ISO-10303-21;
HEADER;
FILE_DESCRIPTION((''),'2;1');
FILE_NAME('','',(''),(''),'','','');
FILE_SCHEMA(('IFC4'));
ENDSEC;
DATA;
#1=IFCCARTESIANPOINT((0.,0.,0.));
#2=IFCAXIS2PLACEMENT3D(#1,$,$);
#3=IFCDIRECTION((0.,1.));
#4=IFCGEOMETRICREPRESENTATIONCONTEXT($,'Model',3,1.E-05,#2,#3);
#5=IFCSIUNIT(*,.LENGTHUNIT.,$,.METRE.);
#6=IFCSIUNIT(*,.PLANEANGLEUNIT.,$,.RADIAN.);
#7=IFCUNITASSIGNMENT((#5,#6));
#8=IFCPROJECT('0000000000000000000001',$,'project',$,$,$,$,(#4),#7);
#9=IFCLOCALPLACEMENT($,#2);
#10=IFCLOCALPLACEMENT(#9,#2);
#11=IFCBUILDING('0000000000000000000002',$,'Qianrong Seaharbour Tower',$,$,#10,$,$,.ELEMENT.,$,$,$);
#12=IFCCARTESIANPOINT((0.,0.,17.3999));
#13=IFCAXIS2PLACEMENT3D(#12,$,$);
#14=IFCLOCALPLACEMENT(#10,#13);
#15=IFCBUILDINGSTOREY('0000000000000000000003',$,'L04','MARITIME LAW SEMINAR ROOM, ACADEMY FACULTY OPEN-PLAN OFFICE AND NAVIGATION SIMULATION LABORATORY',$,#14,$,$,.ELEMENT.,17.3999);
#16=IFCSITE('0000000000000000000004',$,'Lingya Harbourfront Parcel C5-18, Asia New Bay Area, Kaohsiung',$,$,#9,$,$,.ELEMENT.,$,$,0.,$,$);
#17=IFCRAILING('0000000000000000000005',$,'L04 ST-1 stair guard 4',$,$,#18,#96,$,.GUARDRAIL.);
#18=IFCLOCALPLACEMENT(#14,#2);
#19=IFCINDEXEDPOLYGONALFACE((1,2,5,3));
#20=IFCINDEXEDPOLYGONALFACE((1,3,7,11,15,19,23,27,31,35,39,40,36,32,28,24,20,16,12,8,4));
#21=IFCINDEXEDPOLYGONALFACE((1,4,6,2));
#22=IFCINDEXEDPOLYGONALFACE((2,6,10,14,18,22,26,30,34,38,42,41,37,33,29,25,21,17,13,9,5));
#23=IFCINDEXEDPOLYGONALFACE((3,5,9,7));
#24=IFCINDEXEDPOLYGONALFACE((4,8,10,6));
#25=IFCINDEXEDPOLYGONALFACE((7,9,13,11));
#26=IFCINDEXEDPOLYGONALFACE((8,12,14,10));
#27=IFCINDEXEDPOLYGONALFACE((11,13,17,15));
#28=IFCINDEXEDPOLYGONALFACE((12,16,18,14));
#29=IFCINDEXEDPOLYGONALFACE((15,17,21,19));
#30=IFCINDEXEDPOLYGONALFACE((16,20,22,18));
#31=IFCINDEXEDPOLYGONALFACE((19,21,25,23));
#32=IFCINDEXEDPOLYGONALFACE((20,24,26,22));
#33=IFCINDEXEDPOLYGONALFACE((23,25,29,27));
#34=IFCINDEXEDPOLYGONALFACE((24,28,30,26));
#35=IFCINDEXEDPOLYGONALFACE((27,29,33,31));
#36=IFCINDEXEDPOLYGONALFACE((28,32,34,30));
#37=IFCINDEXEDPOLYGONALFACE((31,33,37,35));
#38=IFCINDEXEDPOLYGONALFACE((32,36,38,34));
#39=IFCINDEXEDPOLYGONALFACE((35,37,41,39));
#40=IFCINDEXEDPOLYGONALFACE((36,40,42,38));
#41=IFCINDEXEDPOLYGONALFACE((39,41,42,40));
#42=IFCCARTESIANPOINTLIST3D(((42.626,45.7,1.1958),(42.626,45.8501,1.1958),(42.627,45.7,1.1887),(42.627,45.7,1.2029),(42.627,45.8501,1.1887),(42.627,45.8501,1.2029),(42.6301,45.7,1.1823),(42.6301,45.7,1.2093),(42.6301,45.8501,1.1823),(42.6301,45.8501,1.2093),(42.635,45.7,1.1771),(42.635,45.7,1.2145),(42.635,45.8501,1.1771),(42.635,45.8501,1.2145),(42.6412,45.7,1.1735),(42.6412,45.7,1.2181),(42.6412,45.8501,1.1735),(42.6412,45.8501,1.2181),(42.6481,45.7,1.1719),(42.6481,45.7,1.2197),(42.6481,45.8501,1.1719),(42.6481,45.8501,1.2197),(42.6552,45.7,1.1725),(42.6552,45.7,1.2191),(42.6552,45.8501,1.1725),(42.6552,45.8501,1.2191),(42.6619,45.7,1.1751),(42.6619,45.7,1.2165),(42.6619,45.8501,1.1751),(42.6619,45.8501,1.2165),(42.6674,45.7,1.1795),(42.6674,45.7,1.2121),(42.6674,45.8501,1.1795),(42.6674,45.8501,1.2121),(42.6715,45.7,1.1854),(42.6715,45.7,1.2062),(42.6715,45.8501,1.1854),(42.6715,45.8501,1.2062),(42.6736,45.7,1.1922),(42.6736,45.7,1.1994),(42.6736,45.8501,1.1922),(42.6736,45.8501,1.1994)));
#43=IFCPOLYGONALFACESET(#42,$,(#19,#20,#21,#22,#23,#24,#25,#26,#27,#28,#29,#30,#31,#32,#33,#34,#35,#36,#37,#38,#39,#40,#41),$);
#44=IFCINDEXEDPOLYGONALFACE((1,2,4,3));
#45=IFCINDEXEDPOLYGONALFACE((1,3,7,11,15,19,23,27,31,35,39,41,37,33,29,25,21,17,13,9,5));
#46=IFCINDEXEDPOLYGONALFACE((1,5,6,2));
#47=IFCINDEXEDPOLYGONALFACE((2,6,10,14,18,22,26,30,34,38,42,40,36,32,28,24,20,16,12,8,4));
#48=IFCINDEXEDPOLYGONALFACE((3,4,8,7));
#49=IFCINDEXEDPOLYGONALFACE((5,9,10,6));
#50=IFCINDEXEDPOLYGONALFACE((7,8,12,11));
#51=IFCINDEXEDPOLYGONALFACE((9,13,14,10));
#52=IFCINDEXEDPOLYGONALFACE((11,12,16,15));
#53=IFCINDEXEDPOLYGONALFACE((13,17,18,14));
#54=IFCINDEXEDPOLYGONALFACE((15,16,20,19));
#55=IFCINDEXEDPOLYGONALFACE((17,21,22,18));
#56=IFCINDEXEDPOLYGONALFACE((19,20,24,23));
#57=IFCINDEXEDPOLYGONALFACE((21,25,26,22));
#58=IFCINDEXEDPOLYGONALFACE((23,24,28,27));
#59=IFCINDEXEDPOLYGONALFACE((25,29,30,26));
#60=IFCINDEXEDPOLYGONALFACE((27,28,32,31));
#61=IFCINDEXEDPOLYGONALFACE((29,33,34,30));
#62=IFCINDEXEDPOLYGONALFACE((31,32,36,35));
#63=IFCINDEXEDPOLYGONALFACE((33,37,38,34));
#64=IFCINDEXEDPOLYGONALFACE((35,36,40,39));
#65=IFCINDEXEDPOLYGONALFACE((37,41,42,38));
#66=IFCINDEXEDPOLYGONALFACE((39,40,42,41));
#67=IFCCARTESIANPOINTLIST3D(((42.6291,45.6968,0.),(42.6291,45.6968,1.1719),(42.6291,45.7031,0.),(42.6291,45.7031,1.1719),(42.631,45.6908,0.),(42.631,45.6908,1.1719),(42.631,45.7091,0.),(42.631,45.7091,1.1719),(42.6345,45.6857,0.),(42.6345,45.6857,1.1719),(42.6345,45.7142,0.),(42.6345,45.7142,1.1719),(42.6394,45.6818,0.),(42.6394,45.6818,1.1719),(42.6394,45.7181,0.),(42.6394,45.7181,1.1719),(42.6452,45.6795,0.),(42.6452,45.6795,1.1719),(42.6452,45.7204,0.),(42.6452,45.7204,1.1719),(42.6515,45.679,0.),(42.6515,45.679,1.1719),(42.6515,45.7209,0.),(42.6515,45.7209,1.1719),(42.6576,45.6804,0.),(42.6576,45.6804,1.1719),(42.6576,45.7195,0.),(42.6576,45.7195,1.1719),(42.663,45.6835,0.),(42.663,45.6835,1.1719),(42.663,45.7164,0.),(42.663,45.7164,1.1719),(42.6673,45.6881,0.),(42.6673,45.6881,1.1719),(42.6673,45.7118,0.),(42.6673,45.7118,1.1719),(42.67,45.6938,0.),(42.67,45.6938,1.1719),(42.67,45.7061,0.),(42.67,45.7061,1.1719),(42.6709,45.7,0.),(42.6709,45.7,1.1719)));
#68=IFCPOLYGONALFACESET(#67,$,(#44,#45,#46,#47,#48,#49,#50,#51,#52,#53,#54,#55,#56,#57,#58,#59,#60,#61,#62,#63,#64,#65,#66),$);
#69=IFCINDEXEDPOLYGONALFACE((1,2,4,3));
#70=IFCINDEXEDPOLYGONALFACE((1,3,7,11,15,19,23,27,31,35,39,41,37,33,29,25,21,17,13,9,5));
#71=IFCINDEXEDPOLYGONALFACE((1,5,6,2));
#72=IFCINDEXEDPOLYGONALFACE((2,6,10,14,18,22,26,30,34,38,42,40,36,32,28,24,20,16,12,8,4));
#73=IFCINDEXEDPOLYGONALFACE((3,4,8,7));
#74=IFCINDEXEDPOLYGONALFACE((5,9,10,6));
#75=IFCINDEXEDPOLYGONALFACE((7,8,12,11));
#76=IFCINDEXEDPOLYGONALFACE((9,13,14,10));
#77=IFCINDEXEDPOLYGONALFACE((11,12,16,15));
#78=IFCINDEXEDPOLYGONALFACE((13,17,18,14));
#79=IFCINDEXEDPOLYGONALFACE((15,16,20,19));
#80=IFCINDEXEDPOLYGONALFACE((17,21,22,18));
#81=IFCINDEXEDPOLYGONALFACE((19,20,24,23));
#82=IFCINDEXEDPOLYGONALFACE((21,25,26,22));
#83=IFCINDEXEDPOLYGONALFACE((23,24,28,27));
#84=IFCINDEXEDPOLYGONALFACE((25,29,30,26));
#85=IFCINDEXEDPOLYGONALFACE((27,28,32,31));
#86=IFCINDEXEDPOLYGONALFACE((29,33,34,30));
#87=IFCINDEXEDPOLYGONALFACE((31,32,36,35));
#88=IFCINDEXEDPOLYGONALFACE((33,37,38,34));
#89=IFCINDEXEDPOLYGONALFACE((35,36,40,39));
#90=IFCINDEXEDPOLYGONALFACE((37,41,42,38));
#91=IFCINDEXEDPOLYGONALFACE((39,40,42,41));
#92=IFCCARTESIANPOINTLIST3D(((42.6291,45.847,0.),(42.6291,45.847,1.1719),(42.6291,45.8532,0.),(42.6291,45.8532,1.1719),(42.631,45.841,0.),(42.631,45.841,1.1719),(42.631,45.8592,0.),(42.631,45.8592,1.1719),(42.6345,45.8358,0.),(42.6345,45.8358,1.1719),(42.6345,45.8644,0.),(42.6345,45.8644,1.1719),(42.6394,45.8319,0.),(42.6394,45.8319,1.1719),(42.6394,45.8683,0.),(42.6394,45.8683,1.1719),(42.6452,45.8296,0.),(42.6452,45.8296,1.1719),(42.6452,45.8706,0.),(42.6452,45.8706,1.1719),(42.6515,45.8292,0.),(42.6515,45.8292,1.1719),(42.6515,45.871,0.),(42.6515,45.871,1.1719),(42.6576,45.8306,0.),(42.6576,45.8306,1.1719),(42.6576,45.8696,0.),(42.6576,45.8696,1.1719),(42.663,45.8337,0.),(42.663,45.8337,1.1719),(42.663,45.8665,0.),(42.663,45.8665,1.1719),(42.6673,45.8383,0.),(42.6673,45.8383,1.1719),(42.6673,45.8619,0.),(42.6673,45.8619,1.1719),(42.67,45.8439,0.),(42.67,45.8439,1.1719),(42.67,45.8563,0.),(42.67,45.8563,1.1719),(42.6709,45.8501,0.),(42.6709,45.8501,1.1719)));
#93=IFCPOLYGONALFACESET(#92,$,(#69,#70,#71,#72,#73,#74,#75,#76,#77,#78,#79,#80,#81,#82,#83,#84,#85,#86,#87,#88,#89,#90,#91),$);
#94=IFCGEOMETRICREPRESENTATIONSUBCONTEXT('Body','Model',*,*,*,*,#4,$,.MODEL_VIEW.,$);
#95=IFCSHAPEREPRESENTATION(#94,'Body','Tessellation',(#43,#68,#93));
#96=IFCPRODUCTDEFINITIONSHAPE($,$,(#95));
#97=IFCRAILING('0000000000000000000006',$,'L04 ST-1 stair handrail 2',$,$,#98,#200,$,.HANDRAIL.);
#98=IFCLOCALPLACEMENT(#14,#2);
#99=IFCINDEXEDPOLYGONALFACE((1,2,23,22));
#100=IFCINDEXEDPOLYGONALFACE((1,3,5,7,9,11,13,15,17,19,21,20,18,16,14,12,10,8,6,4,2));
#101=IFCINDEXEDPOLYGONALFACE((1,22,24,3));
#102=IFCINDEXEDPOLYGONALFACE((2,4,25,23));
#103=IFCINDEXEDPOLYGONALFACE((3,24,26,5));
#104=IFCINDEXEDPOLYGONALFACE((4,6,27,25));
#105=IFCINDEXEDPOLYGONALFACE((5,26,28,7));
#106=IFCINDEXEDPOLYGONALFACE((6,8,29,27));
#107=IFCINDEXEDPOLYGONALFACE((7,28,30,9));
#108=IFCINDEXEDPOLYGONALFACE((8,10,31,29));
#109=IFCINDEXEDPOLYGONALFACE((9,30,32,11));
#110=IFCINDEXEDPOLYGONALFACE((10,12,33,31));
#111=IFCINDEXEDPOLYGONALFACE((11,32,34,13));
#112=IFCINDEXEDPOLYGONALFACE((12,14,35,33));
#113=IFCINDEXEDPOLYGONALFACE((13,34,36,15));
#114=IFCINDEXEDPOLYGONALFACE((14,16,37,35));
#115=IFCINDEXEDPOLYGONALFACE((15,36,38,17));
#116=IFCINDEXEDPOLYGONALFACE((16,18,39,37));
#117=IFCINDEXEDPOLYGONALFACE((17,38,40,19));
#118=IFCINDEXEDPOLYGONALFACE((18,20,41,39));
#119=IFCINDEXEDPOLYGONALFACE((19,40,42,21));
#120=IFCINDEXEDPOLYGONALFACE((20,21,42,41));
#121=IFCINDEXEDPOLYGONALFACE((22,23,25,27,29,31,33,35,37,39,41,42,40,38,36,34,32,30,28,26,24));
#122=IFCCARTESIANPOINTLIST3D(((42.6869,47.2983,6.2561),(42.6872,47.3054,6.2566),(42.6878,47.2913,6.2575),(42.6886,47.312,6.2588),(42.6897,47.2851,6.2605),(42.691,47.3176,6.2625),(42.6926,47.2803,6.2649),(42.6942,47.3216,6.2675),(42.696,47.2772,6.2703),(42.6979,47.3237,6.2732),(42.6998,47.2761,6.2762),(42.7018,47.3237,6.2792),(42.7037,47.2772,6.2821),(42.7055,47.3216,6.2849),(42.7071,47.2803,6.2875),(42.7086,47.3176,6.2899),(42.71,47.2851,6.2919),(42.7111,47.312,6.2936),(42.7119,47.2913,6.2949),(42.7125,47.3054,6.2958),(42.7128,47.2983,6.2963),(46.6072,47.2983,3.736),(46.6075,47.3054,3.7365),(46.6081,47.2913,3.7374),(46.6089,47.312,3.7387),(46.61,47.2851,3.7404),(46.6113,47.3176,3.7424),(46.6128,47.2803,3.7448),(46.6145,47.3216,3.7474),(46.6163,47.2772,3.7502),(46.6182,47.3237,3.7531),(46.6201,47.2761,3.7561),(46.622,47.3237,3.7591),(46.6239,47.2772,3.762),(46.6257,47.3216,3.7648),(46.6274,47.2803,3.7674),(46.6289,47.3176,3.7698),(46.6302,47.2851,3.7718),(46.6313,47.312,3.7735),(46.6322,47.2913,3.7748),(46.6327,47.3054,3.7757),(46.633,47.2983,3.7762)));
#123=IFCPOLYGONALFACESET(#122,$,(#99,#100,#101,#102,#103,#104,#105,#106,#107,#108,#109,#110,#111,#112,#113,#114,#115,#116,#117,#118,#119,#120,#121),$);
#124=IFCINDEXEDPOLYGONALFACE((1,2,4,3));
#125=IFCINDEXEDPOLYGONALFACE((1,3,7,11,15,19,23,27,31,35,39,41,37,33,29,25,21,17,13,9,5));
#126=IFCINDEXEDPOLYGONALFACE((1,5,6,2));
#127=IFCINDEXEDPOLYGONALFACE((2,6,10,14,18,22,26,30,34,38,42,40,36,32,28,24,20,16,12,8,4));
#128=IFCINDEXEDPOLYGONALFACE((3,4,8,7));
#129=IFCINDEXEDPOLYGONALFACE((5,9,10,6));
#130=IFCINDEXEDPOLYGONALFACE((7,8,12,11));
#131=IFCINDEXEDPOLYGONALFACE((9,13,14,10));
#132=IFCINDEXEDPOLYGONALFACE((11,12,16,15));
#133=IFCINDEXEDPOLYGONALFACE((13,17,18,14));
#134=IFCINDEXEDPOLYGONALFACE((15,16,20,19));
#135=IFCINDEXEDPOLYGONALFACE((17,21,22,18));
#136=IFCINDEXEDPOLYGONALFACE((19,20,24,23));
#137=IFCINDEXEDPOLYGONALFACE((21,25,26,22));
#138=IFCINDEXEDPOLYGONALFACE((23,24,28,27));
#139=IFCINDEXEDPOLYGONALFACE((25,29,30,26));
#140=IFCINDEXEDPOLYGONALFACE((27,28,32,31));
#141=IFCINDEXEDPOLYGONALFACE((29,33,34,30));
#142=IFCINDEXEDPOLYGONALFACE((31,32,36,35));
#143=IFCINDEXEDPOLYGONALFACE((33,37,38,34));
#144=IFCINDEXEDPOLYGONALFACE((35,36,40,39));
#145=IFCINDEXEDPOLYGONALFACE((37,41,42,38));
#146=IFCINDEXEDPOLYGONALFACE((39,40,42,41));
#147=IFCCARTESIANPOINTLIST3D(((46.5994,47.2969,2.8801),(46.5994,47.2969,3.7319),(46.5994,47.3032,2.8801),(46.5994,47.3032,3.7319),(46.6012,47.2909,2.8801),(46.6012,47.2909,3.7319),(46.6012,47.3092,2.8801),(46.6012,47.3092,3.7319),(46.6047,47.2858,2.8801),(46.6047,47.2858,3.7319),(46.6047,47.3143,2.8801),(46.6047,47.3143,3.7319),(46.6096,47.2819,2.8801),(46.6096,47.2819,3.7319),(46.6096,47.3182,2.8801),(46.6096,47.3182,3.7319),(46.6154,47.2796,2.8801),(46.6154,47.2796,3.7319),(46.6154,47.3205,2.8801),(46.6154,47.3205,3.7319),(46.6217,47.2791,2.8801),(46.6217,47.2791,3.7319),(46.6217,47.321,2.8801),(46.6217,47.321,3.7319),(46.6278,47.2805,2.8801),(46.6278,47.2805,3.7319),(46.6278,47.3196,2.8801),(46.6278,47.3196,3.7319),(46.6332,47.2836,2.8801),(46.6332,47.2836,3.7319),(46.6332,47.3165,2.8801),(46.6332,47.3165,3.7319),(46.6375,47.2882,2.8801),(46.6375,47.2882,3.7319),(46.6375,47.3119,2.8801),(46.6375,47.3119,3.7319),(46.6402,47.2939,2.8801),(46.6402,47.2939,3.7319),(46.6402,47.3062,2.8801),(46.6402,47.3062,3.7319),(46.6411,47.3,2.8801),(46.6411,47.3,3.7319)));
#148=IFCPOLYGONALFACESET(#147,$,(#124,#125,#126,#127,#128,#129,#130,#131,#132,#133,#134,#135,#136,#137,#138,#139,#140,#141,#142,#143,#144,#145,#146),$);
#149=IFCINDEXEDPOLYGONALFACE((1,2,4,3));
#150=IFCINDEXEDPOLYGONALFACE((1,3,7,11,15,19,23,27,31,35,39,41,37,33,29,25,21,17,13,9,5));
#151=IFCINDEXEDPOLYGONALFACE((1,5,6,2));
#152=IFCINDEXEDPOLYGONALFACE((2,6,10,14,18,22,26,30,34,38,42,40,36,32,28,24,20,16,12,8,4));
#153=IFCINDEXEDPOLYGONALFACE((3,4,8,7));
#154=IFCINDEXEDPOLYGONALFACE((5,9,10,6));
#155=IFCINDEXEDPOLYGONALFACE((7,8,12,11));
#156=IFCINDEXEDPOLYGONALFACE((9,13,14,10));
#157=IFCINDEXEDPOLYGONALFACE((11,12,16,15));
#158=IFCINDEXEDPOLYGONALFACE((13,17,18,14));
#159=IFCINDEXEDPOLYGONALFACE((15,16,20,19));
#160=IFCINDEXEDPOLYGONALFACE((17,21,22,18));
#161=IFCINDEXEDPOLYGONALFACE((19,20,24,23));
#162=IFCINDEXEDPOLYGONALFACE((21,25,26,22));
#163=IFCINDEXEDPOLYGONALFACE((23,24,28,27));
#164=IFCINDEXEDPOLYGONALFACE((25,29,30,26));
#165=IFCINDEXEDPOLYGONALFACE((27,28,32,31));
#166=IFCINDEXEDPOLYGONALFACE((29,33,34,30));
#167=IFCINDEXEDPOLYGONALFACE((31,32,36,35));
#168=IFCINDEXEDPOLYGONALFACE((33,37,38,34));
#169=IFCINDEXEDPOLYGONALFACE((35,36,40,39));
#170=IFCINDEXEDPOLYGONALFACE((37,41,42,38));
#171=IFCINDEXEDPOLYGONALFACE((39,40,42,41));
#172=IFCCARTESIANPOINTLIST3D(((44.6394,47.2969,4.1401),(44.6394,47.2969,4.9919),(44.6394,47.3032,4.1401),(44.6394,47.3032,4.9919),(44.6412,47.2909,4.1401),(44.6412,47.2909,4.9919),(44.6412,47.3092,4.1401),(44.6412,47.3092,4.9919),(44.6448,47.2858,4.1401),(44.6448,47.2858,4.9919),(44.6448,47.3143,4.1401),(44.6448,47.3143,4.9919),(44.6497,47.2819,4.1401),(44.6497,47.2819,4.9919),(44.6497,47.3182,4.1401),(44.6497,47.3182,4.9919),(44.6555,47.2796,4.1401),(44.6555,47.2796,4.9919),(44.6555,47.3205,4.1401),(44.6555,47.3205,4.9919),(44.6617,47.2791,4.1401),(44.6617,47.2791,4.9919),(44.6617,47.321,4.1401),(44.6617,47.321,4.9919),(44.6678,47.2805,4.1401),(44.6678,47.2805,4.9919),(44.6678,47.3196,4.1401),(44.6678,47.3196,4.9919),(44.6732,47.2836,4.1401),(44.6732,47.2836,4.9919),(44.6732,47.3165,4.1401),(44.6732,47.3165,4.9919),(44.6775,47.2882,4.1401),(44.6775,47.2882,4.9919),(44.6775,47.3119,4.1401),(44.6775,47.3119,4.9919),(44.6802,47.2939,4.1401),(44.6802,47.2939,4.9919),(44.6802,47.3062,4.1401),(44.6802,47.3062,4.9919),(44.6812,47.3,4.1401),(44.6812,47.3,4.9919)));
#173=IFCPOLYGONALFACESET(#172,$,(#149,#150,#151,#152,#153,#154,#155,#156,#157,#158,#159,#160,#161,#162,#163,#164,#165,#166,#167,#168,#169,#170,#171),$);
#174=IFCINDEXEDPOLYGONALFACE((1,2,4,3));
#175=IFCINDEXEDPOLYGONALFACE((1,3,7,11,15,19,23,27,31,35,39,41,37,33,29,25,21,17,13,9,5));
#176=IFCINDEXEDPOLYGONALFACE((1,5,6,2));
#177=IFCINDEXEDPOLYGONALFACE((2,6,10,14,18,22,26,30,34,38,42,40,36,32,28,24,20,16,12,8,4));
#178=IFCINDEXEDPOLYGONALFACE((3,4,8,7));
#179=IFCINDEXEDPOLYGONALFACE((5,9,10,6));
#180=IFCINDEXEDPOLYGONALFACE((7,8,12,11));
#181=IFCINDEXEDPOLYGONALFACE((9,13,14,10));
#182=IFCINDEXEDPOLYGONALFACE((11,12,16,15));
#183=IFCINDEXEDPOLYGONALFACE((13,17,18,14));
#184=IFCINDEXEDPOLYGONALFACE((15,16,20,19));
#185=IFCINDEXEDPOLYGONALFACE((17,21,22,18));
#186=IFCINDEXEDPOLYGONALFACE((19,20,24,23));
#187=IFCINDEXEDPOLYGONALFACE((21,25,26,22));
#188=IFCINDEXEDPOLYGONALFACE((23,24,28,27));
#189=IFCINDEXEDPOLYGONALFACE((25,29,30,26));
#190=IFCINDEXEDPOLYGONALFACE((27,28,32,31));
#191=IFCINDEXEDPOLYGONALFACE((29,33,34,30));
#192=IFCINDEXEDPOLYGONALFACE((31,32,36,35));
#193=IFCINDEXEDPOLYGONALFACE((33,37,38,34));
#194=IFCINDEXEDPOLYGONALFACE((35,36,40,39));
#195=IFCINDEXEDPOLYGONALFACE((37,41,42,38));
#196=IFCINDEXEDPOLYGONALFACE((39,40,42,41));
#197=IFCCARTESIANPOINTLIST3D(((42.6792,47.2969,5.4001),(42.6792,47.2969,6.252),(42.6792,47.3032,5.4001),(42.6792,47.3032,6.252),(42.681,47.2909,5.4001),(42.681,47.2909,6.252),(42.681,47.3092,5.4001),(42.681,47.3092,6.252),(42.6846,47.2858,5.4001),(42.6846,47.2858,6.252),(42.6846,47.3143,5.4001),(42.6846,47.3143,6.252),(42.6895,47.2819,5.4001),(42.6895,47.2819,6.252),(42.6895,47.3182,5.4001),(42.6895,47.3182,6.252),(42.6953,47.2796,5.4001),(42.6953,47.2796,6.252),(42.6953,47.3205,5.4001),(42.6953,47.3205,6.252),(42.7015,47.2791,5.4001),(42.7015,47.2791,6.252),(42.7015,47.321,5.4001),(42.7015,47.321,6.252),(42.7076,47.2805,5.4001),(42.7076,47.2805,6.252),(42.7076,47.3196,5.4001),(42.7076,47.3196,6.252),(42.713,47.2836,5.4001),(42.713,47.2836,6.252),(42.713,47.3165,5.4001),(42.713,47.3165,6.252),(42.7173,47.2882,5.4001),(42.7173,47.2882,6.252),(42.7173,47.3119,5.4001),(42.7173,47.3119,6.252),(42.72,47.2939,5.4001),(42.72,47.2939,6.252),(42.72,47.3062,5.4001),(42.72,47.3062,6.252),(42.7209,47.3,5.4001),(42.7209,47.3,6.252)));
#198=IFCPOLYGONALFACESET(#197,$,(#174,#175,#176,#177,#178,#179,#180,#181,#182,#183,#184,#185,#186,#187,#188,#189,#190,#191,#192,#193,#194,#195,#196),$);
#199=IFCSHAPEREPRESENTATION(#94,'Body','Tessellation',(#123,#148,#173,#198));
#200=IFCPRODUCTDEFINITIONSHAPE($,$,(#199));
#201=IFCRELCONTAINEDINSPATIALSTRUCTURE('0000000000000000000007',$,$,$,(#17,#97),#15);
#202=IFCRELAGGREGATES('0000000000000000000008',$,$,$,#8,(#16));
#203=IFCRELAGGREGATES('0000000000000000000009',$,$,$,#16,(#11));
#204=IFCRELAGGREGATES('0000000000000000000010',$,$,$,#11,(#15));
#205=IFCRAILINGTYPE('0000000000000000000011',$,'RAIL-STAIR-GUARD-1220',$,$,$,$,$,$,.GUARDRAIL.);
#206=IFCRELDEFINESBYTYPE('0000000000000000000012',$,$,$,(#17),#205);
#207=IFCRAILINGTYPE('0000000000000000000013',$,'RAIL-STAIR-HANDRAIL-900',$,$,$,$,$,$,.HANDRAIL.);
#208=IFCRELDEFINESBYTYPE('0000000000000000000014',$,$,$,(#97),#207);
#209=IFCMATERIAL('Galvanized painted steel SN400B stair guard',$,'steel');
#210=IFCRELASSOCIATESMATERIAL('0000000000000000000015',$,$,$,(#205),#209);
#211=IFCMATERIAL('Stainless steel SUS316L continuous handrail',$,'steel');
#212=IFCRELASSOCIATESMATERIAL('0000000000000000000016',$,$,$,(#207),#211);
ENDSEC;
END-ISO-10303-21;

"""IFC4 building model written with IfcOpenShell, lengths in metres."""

from ifc_helpers import new_model, si_unit, direction, frame, origin, origin_2d, place, context, subcontext, project, spatial, circle, extrude, material, type_object, element, save


model = new_model("IFC4")

# Units and contexts
model_context = context("Model", 3, precision=1e-05, world=origin(), true_north=direction((0.0, 1.0)))
body_context = subcontext(model_context, "Body", "Model", "MODEL_VIEW")
ifc_project = project(units=[si_unit("LENGTHUNIT", "METRE"), si_unit("PLANEANGLEUNIT", "RADIAN")], contexts=[model_context])

# Site, building, storey
site_placement = place(None, origin())
site = spatial("IfcSite", under=ifc_project, at=site_placement, Name="Lingya Harbourfront Parcel C5-18, Asia New Bay Area, Kaohsiung", CompositionType="ELEMENT", RefElevation=0.0)
building_placement = place(site_placement, origin())
building = spatial("IfcBuilding", under=site, at=building_placement, Name="Qianrong Seaharbour Tower", CompositionType="ELEMENT")
storey_placement = place(building_placement, frame((0.0, 0.0, 17.3999)))
storey = spatial("IfcBuildingStorey", under=building, at=storey_placement, Name="L04", Description="MARITIME LAW SEMINAR ROOM, ACADEMY FACULTY OPEN-PLAN OFFICE AND NAVIGATION SIMULATION LABORATORY", CompositionType="ELEMENT", Elevation=17.3999)

# Railings
ifc_material_1 = material(Name="Galvanized painted steel SN400B stair guard", Category="steel")
railing_type_1 = type_object("IfcRailingType", Name="RAIL-STAIR-GUARD-1220", PredefinedType="GUARDRAIL", material=ifc_material_1)
railing_1_placement = place(storey_placement, frame((42.6499, 45.7, 0.0)))
element("IfcRailing", 1, at=railing_1_placement, inside=storey, type_object=railing_type_1, Name="L04 ST-1 stair guard 4", PredefinedType="GUARDRAIL", context=body_context, shape_type="SweptSolid", body=[
    extrude(circle(Radius=0.0239, at=origin_2d()), frame((0.0, 0.0, 1.1958), z_axis=(0.0, 1.0, 0.0), x_axis=(-1.0, 0.0, 0.0)), (0.0, 0.0, 1.0), 0.1501),
    extrude(circle(Radius=0.021, at=origin_2d()), origin(), (0.0, 0.0, 1.0), 1.1719),
    extrude(circle(Radius=0.021, at=origin_2d()), frame((0.0, 0.1501, 0.0)), (0.0, 0.0, 1.0), 1.1719),
])
ifc_material_2 = material(Name="Stainless steel SUS316L continuous handrail", Category="steel")
railing_type_2 = type_object("IfcRailingType", Name="RAIL-STAIR-HANDRAIL-900", PredefinedType="HANDRAIL", material=ifc_material_2)
railing_2_placement = place(storey_placement, frame((46.6201, 47.3, 2.8801)))
element("IfcRailing", 2, at=railing_2_placement, inside=storey, type_object=railing_type_2, Name="L04 ST-1 stair handrail 2", PredefinedType="HANDRAIL", context=body_context, shape_type="SweptSolid", body=[
    extrude(circle(Radius=0.0239, at=origin_2d()), frame((0.0, 0.0, 0.876), z_axis=(-0.841187, 0.0, 0.540744), x_axis=(0.0, -1.0, 0.0)), (0.0, 0.0, 1.0), 4.6604),
    extrude(circle(Radius=0.021, at=origin_2d()), origin(), (0.0, 0.0, 1.0), 0.8518),
    extrude(circle(Radius=0.021, at=origin_2d()), frame((-1.96, 0.0, 1.26)), (0.0, 0.0, 1.0), 0.8518),
    extrude(circle(Radius=0.021, at=origin_2d()), frame((-3.9202, 0.0, 2.52)), (0.0, 0.0, 1.0), 0.8518),
])

save(model, "model.ifc")
